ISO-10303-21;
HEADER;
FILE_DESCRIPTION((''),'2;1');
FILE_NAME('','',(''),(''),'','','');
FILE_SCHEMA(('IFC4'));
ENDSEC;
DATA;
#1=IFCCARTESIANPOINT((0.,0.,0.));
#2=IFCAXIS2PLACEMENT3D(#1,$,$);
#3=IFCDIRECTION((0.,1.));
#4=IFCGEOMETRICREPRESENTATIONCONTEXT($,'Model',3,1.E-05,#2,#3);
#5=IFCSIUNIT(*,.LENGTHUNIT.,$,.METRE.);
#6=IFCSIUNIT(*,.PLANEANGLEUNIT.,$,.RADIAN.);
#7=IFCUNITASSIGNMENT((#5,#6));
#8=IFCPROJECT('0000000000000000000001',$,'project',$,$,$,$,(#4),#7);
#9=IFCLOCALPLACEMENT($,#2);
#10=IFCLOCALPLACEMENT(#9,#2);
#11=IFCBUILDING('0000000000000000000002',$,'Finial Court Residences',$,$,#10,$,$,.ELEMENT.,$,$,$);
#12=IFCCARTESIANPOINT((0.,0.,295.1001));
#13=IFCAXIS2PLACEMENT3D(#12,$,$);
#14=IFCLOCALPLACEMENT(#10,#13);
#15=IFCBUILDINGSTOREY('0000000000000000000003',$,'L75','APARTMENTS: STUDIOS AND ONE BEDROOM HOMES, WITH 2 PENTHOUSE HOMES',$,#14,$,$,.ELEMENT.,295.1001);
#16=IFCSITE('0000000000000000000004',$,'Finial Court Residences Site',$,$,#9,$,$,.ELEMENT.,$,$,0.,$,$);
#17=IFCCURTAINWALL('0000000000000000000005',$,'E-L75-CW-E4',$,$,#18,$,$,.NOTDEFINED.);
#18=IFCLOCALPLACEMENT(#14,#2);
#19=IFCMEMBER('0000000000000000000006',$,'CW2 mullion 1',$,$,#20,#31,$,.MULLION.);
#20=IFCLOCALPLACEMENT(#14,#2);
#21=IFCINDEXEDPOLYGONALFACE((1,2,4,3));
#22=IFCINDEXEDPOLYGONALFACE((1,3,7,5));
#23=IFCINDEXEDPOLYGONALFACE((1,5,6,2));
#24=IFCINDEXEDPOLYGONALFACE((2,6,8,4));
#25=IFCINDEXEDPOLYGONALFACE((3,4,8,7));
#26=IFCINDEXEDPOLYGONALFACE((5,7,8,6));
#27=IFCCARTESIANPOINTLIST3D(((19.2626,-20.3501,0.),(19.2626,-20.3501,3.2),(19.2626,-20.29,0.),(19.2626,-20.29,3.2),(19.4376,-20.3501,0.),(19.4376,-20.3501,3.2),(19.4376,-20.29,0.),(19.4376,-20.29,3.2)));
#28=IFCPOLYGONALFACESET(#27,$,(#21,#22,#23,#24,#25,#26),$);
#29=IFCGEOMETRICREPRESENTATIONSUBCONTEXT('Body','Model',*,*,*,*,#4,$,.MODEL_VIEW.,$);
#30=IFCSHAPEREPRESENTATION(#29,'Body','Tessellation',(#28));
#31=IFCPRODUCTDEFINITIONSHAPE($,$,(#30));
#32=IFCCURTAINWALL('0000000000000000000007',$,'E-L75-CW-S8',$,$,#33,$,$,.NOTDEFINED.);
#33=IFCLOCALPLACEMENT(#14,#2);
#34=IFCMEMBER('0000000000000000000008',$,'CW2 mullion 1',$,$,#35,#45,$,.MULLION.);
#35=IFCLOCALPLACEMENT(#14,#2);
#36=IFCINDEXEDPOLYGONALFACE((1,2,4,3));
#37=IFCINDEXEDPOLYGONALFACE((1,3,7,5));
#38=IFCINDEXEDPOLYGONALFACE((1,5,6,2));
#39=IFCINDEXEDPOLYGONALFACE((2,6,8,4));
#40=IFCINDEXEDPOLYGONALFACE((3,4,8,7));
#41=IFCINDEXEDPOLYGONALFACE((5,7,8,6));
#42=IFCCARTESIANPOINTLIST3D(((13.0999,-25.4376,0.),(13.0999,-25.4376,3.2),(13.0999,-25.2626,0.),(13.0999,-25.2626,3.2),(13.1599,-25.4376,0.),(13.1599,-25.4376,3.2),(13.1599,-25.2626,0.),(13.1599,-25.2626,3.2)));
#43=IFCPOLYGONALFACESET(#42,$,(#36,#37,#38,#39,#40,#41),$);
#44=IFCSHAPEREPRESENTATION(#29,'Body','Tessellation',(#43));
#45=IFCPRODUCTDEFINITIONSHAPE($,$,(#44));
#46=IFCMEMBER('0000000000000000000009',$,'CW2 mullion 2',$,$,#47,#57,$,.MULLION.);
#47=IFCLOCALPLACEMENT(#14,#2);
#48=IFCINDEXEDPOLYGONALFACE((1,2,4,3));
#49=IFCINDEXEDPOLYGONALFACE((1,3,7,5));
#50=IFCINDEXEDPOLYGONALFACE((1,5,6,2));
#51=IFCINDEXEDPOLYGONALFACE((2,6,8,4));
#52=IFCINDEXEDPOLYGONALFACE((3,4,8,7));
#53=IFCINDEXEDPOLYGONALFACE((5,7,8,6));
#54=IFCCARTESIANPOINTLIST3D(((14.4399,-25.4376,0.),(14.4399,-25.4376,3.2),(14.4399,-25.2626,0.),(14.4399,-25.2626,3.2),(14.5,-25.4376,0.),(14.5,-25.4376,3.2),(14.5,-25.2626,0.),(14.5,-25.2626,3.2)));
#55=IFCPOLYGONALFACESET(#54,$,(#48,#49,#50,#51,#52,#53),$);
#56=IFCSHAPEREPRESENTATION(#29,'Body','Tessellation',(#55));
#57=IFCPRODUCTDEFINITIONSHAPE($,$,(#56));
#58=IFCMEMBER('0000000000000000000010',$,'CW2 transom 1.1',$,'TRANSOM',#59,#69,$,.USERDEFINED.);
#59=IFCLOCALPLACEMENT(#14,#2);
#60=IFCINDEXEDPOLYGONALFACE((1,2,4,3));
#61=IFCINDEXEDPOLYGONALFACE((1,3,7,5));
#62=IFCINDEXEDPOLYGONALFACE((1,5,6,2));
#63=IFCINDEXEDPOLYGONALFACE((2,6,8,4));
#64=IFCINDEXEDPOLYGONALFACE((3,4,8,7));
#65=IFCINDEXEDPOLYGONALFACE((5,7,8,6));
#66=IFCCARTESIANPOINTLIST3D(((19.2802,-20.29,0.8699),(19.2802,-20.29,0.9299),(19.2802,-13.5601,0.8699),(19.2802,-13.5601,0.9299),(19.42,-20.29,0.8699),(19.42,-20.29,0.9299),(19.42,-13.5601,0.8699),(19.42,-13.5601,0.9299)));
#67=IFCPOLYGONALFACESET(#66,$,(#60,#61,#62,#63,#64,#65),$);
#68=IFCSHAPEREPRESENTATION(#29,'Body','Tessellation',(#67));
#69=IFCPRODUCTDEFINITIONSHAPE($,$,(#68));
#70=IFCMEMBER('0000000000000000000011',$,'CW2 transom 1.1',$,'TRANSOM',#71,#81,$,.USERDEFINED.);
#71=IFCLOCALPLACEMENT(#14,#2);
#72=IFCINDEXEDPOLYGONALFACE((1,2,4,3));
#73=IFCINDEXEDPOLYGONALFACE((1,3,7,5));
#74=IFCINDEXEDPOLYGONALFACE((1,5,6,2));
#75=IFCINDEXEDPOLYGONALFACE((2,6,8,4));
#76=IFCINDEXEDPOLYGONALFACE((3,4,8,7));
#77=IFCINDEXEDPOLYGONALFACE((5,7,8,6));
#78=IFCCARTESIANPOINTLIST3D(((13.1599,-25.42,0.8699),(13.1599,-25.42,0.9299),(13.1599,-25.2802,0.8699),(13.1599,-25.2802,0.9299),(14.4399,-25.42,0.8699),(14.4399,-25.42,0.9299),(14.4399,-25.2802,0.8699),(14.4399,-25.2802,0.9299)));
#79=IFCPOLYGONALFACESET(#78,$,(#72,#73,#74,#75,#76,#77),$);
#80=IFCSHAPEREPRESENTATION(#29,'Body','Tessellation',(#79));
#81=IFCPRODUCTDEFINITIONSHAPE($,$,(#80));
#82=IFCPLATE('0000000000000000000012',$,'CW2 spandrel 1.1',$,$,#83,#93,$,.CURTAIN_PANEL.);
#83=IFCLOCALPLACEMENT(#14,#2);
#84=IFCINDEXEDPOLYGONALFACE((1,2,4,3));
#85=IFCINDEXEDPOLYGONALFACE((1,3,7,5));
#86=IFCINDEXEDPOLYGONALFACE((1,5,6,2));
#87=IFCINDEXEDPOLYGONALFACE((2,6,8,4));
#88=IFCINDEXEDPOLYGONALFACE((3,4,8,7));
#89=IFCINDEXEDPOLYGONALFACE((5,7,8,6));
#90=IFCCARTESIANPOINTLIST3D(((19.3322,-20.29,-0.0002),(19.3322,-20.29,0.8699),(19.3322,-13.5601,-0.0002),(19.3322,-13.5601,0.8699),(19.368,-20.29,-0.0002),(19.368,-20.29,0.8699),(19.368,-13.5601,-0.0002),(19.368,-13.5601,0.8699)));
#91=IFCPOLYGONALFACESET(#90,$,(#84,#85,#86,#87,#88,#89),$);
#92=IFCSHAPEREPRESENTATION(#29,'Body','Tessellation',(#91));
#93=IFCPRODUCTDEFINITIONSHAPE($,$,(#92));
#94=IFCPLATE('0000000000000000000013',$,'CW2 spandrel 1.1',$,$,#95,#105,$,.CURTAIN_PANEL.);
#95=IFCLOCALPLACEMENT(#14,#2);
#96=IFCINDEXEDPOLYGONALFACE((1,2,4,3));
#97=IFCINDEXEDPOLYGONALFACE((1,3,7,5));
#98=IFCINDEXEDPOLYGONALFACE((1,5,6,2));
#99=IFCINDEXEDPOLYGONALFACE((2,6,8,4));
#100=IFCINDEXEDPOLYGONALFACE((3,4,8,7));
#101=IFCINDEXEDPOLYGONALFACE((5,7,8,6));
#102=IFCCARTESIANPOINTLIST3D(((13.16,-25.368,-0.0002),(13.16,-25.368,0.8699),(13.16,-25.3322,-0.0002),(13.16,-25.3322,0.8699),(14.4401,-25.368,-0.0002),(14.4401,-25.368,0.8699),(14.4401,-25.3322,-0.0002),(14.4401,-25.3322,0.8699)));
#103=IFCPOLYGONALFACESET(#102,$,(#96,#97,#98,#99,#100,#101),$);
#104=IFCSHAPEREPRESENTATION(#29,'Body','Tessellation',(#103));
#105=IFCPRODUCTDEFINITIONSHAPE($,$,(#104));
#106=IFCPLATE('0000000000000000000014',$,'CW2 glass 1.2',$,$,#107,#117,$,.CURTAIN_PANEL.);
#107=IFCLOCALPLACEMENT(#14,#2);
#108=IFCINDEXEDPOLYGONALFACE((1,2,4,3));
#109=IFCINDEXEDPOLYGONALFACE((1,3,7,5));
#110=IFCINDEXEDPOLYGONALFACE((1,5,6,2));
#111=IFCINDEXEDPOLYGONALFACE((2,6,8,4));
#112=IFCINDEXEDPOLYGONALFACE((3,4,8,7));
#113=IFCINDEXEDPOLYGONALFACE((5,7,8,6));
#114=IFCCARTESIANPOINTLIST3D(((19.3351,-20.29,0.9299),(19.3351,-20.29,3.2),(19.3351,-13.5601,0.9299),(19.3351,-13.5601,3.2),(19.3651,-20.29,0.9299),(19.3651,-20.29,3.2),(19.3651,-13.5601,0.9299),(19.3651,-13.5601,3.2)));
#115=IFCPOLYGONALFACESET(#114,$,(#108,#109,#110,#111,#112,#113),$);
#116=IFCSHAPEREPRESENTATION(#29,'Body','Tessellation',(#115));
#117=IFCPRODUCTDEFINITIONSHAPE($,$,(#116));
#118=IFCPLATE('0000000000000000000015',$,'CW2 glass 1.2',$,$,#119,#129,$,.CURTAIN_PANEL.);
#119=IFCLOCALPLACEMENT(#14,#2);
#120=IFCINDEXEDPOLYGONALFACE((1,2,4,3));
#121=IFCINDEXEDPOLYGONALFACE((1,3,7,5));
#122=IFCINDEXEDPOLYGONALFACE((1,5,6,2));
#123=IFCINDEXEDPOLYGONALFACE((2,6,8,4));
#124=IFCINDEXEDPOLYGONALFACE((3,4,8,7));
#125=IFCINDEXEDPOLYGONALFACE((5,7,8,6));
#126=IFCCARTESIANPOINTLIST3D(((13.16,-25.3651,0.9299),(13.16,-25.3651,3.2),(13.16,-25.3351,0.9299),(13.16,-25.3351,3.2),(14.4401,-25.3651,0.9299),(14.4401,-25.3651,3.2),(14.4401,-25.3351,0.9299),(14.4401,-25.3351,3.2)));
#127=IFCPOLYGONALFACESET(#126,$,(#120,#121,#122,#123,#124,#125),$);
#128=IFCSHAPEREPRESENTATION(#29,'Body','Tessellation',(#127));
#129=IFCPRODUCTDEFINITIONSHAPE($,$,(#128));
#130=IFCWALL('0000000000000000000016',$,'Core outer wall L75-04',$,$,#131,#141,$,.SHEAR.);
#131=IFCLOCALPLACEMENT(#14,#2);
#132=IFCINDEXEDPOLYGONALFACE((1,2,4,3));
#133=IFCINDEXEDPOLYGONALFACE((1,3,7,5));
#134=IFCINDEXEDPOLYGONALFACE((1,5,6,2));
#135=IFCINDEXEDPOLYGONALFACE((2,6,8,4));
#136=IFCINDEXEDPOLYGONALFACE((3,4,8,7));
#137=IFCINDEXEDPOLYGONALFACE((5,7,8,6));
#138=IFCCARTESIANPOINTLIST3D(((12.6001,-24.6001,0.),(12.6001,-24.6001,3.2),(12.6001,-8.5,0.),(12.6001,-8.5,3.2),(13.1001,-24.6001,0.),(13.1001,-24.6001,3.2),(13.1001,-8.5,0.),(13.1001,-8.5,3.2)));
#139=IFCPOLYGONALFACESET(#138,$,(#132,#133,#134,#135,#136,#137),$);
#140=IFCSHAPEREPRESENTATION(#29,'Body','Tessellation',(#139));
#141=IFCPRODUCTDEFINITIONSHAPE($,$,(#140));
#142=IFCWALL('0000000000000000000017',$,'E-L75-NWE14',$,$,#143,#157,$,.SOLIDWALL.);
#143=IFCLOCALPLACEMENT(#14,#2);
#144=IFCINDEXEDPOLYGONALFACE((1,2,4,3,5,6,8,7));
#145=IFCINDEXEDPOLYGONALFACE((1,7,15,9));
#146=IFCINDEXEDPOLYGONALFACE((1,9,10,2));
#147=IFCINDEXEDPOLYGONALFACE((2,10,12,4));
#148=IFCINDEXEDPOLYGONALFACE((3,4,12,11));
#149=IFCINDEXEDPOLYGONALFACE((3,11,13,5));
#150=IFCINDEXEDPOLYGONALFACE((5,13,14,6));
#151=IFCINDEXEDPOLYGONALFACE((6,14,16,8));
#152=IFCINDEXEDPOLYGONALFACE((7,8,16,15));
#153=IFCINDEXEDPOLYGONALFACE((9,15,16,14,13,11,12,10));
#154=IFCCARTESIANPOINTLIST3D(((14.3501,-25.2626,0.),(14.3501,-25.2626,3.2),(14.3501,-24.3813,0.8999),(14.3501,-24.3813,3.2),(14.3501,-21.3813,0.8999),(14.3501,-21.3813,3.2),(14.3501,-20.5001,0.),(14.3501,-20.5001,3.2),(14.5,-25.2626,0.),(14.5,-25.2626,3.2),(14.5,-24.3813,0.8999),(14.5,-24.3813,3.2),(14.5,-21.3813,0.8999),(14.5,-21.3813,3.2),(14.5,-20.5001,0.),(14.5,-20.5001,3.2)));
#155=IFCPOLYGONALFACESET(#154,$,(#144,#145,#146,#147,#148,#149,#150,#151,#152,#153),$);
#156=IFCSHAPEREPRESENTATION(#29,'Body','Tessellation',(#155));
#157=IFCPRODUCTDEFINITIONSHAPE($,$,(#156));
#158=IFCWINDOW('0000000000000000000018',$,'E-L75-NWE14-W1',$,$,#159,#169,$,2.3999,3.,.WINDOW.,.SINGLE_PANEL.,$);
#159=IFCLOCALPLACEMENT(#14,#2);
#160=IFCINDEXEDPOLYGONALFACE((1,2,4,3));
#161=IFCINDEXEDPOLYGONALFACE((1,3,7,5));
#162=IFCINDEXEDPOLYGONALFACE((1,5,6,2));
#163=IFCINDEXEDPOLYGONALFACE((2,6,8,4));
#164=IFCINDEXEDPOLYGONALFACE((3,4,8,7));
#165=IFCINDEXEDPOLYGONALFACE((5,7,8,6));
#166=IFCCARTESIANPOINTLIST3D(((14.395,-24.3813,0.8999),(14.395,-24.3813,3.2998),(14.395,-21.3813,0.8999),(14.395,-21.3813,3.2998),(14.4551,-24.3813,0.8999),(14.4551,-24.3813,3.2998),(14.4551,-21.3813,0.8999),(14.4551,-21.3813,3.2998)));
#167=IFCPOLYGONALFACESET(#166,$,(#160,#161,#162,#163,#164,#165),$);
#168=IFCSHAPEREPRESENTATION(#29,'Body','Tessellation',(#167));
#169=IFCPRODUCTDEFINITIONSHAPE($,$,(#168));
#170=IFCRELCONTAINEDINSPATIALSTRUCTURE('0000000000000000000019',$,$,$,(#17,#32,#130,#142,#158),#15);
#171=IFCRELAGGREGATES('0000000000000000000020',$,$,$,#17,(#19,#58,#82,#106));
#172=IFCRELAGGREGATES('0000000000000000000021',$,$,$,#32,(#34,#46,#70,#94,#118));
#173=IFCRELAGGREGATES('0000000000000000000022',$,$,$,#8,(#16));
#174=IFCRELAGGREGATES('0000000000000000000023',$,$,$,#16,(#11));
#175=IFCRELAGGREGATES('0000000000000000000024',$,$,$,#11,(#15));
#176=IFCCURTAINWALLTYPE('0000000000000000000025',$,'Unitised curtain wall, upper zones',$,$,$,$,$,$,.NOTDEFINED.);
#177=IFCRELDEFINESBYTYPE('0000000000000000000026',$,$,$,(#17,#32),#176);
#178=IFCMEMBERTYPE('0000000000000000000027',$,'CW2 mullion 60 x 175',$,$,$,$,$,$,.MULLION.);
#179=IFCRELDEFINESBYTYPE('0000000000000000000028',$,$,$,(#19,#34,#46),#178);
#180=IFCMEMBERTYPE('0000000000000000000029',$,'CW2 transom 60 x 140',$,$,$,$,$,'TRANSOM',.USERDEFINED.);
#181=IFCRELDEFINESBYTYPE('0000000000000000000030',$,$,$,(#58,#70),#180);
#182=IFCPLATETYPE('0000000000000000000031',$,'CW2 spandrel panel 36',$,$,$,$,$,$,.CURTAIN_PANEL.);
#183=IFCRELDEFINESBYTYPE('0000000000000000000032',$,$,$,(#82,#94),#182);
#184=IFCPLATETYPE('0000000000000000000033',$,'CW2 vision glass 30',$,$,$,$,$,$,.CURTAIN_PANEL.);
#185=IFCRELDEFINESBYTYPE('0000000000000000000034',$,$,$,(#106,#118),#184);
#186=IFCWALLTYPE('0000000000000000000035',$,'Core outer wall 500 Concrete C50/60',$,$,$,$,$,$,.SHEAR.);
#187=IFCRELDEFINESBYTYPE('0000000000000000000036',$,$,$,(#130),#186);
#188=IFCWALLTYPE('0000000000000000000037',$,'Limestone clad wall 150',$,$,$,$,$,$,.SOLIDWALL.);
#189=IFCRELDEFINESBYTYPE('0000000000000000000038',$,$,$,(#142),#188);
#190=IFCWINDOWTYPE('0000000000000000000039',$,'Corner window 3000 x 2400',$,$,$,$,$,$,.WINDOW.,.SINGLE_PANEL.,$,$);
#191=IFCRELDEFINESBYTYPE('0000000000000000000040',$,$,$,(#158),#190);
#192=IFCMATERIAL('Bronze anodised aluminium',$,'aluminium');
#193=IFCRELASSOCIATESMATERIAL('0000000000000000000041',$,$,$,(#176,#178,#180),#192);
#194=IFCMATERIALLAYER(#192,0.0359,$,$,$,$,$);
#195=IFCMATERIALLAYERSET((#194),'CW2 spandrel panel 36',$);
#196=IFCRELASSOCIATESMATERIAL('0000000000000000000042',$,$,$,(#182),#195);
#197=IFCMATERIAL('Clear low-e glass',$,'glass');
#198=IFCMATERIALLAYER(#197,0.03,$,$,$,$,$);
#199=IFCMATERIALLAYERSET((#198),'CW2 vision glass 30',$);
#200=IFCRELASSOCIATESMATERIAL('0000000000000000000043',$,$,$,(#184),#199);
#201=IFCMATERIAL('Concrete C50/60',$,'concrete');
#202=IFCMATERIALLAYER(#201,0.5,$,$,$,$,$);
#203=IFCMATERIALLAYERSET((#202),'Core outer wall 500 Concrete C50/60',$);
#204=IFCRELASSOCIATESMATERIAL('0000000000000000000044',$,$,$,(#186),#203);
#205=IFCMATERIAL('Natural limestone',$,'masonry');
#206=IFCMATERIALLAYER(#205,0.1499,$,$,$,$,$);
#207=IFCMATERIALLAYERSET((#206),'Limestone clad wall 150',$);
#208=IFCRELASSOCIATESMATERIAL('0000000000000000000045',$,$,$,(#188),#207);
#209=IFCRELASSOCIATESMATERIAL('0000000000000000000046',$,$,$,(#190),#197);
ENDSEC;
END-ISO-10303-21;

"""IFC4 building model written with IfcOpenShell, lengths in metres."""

from ifc_helpers import new_model, si_unit, direction, frame, frame_2d, origin, origin_2d, place, context, subcontext, project, spatial, rectangle, extrude, material, layer, layer_set, material_profile, profile_set, type_object, element, fill, aggregate, save


model = new_model("IFC4")

# Units and contexts
model_context = context("Model", 3, precision=1e-05, world=origin(), true_north=direction((0.0, 1.0)))
body_context = subcontext(model_context, "Body", "Model", "MODEL_VIEW")
ifc_project = project(units=[si_unit("LENGTHUNIT", "METRE"), si_unit("PLANEANGLEUNIT", "RADIAN")], contexts=[model_context])

# Site, building, storey
site_placement = place(None, origin())
site = spatial("IfcSite", under=ifc_project, at=site_placement, Name="Finial Court Residences Site", CompositionType="ELEMENT", RefElevation=0.0)
building_placement = place(site_placement, origin())
building = spatial("IfcBuilding", under=site, at=building_placement, Name="Finial Court Residences", CompositionType="ELEMENT")
storey_placement = place(building_placement, frame((0.0, 0.0, 295.1001)))
storey = spatial("IfcBuildingStorey", under=building, at=storey_placement, Name="L75", Description="APARTMENTS: STUDIOS AND ONE BEDROOM HOMES, WITH 2 PENTHOUSE HOMES", CompositionType="ELEMENT", Elevation=295.1001)

# Curtain wall, member
ifc_material_1 = material(Name="Bronze anodised aluminium", Category="aluminium")
curtain_wall_type = type_object("IfcCurtainWallType", Name="Unitised curtain wall, upper zones", PredefinedType="NOTDEFINED", material=ifc_material_1)
curtain_wall_1_placement = place(storey_placement, origin())
curtain_wall_1 = element("IfcCurtainWall", 1, at=curtain_wall_1_placement, inside=storey, type_object=curtain_wall_type, Name="E-L75-CW-E4", PredefinedType="NOTDEFINED")
ifc_material_profile_1 = material_profile(ifc_material_1, rectangle(XDim=0.175, YDim=0.0601, at=origin_2d()), Name="CW2 mullion 60 x 175")
ifc_profile_set_1 = profile_set([ifc_material_profile_1], Name="Bronze anodised aluminium")
member_type_1 = type_object("IfcMemberType", Name="CW2 mullion 60 x 175", PredefinedType="MULLION", material=ifc_profile_set_1)
member_1_placement = place(storey_placement, frame((19.3501, -20.3201, 0.0), z_axis=(0.0, 0.0, 1.0), x_axis=(-1.0, 0.0, 0.0)))
member_1 = element("IfcMember", 2, at=member_1_placement, type_object=member_type_1, Name="CW2 mullion 1", PredefinedType="MULLION", context=body_context, shape_type="SweptSolid", body=[
    extrude(rectangle(XDim=0.175, YDim=0.0601, at=origin_2d()), origin(), (0.0, 0.0, 1.0), 3.2),
])

# Curtain wall, members
curtain_wall_2_placement = place(storey_placement, origin())
curtain_wall_2 = element("IfcCurtainWall", 3, at=curtain_wall_2_placement, inside=storey, type_object=curtain_wall_type, Name="E-L75-CW-S8", PredefinedType="NOTDEFINED")
member_2_placement = place(storey_placement, frame((13.1299, -25.3501, 0.0), z_axis=(0.0, 0.0, 1.0), x_axis=(0.0, 1.0, 0.0)))
member_2 = element("IfcMember", 4, at=member_2_placement, type_object=member_type_1, Name="CW2 mullion 1", PredefinedType="MULLION", context=body_context, shape_type="SweptSolid", body=[
    extrude(rectangle(XDim=0.175, YDim=0.0601, at=origin_2d()), origin(), (0.0, 0.0, 1.0), 3.2),
])
member_3_placement = place(storey_placement, frame((14.47, -25.3501, 0.0), z_axis=(0.0, 0.0, 1.0), x_axis=(0.0, 1.0, 0.0)))
member_3 = element("IfcMember", 5, at=member_3_placement, type_object=member_type_1, Name="CW2 mullion 2", PredefinedType="MULLION", context=body_context, shape_type="SweptSolid", body=[
    extrude(rectangle(XDim=0.175, YDim=0.0601, at=origin_2d()), origin(), (0.0, 0.0, 1.0), 3.2),
])

# Members
ifc_material_profile_2 = material_profile(ifc_material_1, rectangle(XDim=0.1399, YDim=0.0601, at=origin_2d()), Name="CW2 transom 60 x 140")
ifc_profile_set_2 = profile_set([ifc_material_profile_2], Name="Bronze anodised aluminium")
member_type_2 = type_object("IfcMemberType", Name="CW2 transom 60 x 140", ElementType="TRANSOM", PredefinedType="USERDEFINED", material=ifc_profile_set_2)
member_4_placement = place(storey_placement, frame((19.3501, -20.29, 0.8999), z_axis=(0.0, 1.0, 0.0), x_axis=(-1.0, 0.0, 0.0)))
member_4 = element("IfcMember", 6, at=member_4_placement, type_object=member_type_2, Name="CW2 transom 1.1", ObjectType="TRANSOM", PredefinedType="USERDEFINED", context=body_context, shape_type="SweptSolid", body=[
    extrude(rectangle(XDim=0.1399, YDim=0.0601, at=origin_2d()), origin(), (0.0, 0.0, 1.0), 6.73),
])
member_5_placement = place(storey_placement, frame((13.1599, -25.3501, 0.8999), z_axis=(1.0, 0.0, 0.0), x_axis=(0.0, 1.0, 0.0)))
member_5 = element("IfcMember", 7, at=member_5_placement, type_object=member_type_2, Name="CW2 transom 1.1", ObjectType="TRANSOM", PredefinedType="USERDEFINED", context=body_context, shape_type="SweptSolid", body=[
    extrude(rectangle(XDim=0.1399, YDim=0.0601, at=origin_2d()), origin(), (0.0, 0.0, 1.0), 1.28),
])

# Plates
ifc_layer_1 = layer(ifc_material_1, 0.0359)
ifc_layer_set_1 = layer_set([ifc_layer_1], Name="CW2 spandrel panel 36")
plate_type_1 = type_object("IfcPlateType", Name="CW2 spandrel panel 36", PredefinedType="CURTAIN_PANEL", material=ifc_layer_set_1)
plate_1_placement = place(storey_placement, frame((19.3501, -16.925, -0.0002), z_axis=(0.0, 0.0, 1.0), x_axis=(0.0, 1.0, 0.0)))
plate_1 = element("IfcPlate", 8, at=plate_1_placement, type_object=plate_type_1, Name="CW2 spandrel 1.1", PredefinedType="CURTAIN_PANEL", context=body_context, shape_type="SweptSolid", body=[
    extrude(rectangle(XDim=6.73, YDim=0.0359, at=origin_2d()), origin(), (0.0, 0.0, 1.0), 0.8701),
])
plate_2_placement = place(storey_placement, frame((13.8, -25.3501, -0.0002), z_axis=(0.0, 0.0, 1.0), x_axis=(1.0, 0.0, 0.0)))
plate_2 = element("IfcPlate", 9, at=plate_2_placement, type_object=plate_type_1, Name="CW2 spandrel 1.1", PredefinedType="CURTAIN_PANEL", context=body_context, shape_type="SweptSolid", body=[
    extrude(rectangle(XDim=1.28, YDim=0.0359, at=origin_2d()), origin(), (0.0, 0.0, 1.0), 0.8701),
])
ifc_material_2 = material(Name="Clear low-e glass", Category="glass")
ifc_layer_2 = layer(ifc_material_2, 0.03)
ifc_layer_set_2 = layer_set([ifc_layer_2], Name="CW2 vision glass 30")
plate_type_2 = type_object("IfcPlateType", Name="CW2 vision glass 30", PredefinedType="CURTAIN_PANEL", material=ifc_layer_set_2)
plate_3_placement = place(storey_placement, frame((19.3501, -16.925, 0.9299), z_axis=(0.0, 0.0, 1.0), x_axis=(0.0, 1.0, 0.0)))
plate_3 = element("IfcPlate", 10, at=plate_3_placement, type_object=plate_type_2, Name="CW2 glass 1.2", PredefinedType="CURTAIN_PANEL", context=body_context, shape_type="SweptSolid", body=[
    extrude(rectangle(XDim=6.73, YDim=0.03, at=origin_2d()), origin(), (0.0, 0.0, 1.0), 2.27),
])
aggregate(curtain_wall_1, [member_1, member_4, plate_1, plate_3])
plate_4_placement = place(storey_placement, frame((13.8, -25.3501, 0.9299), z_axis=(0.0, 0.0, 1.0), x_axis=(1.0, 0.0, 0.0)))
plate_4 = element("IfcPlate", 11, at=plate_4_placement, type_object=plate_type_2, Name="CW2 glass 1.2", PredefinedType="CURTAIN_PANEL", context=body_context, shape_type="SweptSolid", body=[
    extrude(rectangle(XDim=1.28, YDim=0.03, at=origin_2d()), origin(), (0.0, 0.0, 1.0), 2.27),
])
aggregate(curtain_wall_2, [member_2, member_3, member_5, plate_2, plate_4])

# Wall
ifc_material_3 = material(Name="Concrete C50/60", Category="concrete")
ifc_layer_3 = layer(ifc_material_3, 0.5)
ifc_layer_set_3 = layer_set([ifc_layer_3], Name="Core outer wall 500 Concrete C50/60")
wall_type_1 = type_object("IfcWallType", Name="Core outer wall 500 Concrete C50/60", PredefinedType="SHEAR", material=ifc_layer_set_3)
wall_1_placement = place(storey_placement, frame((12.8501, -24.6001, 0.0), z_axis=(0.0, 0.0, 1.0), x_axis=(0.0, 1.0, 0.0)))
element("IfcWall", 12, at=wall_1_placement, inside=storey, type_object=wall_type_1, Name="Core outer wall L75-04", PredefinedType="SHEAR", context=body_context, shape_type="SweptSolid", body=[
    extrude(rectangle(XDim=16.1001, YDim=0.5, at=frame_2d((8.05, 0.0))), origin(), (0.0, 0.0, 1.0), 3.2),
])

# Wall, opening, window
ifc_material_4 = material(Name="Natural limestone", Category="masonry")
ifc_layer_4 = layer(ifc_material_4, 0.1499)
ifc_layer_set_4 = layer_set([ifc_layer_4], Name="Limestone clad wall 150")
wall_type_2 = type_object("IfcWallType", Name="Limestone clad wall 150", PredefinedType="SOLIDWALL", material=ifc_layer_set_4)
wall_2_placement = place(storey_placement, frame((14.425, -20.5, 0.0), z_axis=(0.0, 0.0, 1.0), x_axis=(0.0, -1.0, 0.0)))
wall_2 = element("IfcWall", 13, at=wall_2_placement, inside=storey, type_object=wall_type_2, Name="E-L75-NWE14", PredefinedType="SOLIDWALL", context=body_context, shape_type="SweptSolid", body=[
    extrude(rectangle(XDim=4.7625, YDim=0.1499, at=frame_2d((2.3813, 0.0))), origin(), (0.0, 0.0, 1.0), 3.2),
])
opening_1_placement = place(wall_2_placement, frame((0.8813, 0.0, 0.8999)))
opening_1 = element("IfcOpeningElement", 14, at=opening_1_placement, cuts=wall_2, PredefinedType="OPENING", context=body_context, shape_type="SweptSolid", body=[
    extrude(rectangle(XDim=3.0, YDim=2.3999, at=frame_2d((1.5, 1.2))), frame((0.0, 0.085, 0.0), z_axis=(0.0, -1.0, 0.0), x_axis=(1.0, 0.0, 0.0)), (0.0, 0.0, 1.0), 0.1699),
])
window_type = type_object("IfcWindowType", Name="Corner window 3000 x 2400", PartitioningType="SINGLE_PANEL", PredefinedType="WINDOW", material=ifc_material_2)
window_1_placement = place(opening_1_placement, origin())
window_1 = element("IfcWindow", 15, at=window_1_placement, inside=storey, type_object=window_type, Name="E-L75-NWE14-W1", OverallHeight=2.3999, OverallWidth=3.0, PartitioningType="SINGLE_PANEL", PredefinedType="WINDOW", context=body_context, shape_type="SweptSolid", body=[
    extrude(rectangle(XDim=3.0, YDim=2.3999, at=frame_2d((1.5, 1.2))), frame((0.0, 0.03, 0.0), z_axis=(0.0, -1.0, 0.0), x_axis=(1.0, 0.0, 0.0)), (0.0, 0.0, 1.0), 0.0601),
])
fill(opening_1, window_1)

save(model, "model.ifc")
